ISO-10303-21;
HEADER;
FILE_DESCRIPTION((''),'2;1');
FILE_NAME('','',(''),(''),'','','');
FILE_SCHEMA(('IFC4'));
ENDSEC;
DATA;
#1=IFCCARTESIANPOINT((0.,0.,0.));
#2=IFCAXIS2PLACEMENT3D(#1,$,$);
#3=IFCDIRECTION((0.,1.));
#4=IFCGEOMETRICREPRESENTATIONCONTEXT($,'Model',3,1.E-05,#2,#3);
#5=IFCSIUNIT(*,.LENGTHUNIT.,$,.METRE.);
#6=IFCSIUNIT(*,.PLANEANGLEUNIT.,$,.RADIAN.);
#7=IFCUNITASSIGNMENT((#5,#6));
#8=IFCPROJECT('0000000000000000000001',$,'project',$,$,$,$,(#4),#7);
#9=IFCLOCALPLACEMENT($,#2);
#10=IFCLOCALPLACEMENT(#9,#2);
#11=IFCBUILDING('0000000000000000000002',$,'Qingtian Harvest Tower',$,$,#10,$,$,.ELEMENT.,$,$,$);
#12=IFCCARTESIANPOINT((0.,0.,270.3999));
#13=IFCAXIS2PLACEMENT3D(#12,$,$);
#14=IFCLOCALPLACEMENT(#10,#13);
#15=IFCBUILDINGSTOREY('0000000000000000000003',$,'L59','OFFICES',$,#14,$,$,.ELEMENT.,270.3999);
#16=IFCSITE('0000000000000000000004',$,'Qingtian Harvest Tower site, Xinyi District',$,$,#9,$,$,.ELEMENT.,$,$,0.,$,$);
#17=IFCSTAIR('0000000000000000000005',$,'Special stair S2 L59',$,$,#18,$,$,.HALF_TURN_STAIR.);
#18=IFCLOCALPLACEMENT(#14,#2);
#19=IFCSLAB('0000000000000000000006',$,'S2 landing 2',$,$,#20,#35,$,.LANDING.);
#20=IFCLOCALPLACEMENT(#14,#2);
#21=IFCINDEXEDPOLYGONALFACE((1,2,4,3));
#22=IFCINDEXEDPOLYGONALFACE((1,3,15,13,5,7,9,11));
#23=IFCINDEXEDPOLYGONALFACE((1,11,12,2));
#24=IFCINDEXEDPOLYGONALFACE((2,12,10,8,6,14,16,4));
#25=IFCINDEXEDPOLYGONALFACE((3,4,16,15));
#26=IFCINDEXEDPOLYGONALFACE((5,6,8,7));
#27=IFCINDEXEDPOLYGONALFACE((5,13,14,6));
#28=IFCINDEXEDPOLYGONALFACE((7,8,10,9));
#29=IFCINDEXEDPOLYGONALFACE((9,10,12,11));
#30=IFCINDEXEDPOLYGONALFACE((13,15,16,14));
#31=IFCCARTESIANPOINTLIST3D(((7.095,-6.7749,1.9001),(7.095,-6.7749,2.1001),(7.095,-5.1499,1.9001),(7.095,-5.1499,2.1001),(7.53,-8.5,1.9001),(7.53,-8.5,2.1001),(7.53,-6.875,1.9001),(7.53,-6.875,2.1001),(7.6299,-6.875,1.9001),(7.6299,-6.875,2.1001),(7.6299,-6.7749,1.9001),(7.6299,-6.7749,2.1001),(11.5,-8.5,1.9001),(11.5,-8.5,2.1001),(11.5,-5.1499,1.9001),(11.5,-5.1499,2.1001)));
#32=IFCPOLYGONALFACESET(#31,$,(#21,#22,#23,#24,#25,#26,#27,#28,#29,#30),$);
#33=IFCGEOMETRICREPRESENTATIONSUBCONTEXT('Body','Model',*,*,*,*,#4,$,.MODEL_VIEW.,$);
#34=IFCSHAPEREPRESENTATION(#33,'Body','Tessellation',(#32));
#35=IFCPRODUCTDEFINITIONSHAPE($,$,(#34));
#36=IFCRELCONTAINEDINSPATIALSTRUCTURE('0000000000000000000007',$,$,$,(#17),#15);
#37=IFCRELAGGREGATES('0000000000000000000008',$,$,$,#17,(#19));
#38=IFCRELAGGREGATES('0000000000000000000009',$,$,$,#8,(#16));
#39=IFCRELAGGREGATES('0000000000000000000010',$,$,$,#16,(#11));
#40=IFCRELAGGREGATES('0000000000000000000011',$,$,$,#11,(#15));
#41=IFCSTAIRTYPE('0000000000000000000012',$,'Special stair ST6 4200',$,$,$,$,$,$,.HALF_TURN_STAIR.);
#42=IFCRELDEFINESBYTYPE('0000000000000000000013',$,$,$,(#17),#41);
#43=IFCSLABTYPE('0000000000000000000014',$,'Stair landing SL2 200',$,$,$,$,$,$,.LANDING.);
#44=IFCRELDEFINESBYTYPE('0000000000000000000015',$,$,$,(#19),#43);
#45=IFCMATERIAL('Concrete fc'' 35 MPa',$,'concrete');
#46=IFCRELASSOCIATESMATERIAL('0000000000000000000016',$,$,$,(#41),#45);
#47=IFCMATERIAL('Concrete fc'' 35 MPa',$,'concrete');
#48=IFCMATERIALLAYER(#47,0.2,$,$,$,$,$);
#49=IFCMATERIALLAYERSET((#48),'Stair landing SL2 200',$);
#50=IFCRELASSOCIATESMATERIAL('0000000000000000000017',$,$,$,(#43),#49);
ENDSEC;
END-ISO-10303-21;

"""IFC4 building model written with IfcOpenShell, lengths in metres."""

from ifc_helpers import new_model, si_unit, direction, frame, origin, place, context, subcontext, project, spatial, polyline, outline, extrude, material, layer, layer_set, type_object, element, aggregate, save


model = new_model("IFC4")

# Units and contexts
model_context = context("Model", 3, precision=1e-05, world=origin(), true_north=direction((0.0, 1.0)))
body_context = subcontext(model_context, "Body", "Model", "MODEL_VIEW")
ifc_project = project(units=[si_unit("LENGTHUNIT", "METRE"), si_unit("PLANEANGLEUNIT", "RADIAN")], contexts=[model_context])

# Site, building, storey
site_placement = place(None, origin())
site = spatial("IfcSite", under=ifc_project, at=site_placement, Name="Qingtian Harvest Tower site, Xinyi District", CompositionType="ELEMENT", RefElevation=0.0)
building_placement = place(site_placement, origin())
building = spatial("IfcBuilding", under=site, at=building_placement, Name="Qingtian Harvest Tower", CompositionType="ELEMENT")
storey_placement = place(building_placement, frame((0.0, 0.0, 270.3999)))
storey = spatial("IfcBuildingStorey", under=building, at=storey_placement, Name="L59", Description="OFFICES", CompositionType="ELEMENT", Elevation=270.3999)

# Shared definitions
ifc_material_1 = material(Name="Concrete fc' 35 MPa", Category="concrete")
stair_type = type_object("IfcStairType", Name="Special stair ST6 4200", PredefinedType="HALF_TURN_STAIR", material=ifc_material_1)
ifc_material_2 = material(Name="Concrete fc' 35 MPa", Category="concrete")
ifc_layer_1 = layer(ifc_material_2, 0.2)
ifc_layer_set_1 = layer_set([ifc_layer_1], Name="Stair landing SL2 200")
slab_type_1 = type_object("IfcSlabType", Name="Stair landing SL2 200", PredefinedType="LANDING", material=ifc_layer_set_1)

# Stair, slab
stair_1_placement = place(storey_placement, origin())
stair_1 = element("IfcStair", 1, at=stair_1_placement, inside=storey, type_object=stair_type, Name="Special stair S2 L59", PredefinedType="HALF_TURN_STAIR")
slab_1_placement = place(storey_placement, frame((0.0, 0.0, 1.9001)))
slab_1 = element("IfcSlab", 2, at=slab_1_placement, type_object=slab_type_1, Name="S2 landing 2", PredefinedType="LANDING", context=body_context, shape_type="SweptSolid", body=[
    extrude(outline(polyline([(7.53, -8.5), (7.53, -6.875), (7.6299, -6.875), (7.6299, -6.7749), (7.095, -6.7749), (7.095, -5.1499), (11.5, -5.1499), (11.5, -8.5), (7.53, -8.5)])), origin(), (0.0, 0.0, 1.0), 0.2),
])
aggregate(stair_1, [slab_1])

save(model, "model.ifc")
